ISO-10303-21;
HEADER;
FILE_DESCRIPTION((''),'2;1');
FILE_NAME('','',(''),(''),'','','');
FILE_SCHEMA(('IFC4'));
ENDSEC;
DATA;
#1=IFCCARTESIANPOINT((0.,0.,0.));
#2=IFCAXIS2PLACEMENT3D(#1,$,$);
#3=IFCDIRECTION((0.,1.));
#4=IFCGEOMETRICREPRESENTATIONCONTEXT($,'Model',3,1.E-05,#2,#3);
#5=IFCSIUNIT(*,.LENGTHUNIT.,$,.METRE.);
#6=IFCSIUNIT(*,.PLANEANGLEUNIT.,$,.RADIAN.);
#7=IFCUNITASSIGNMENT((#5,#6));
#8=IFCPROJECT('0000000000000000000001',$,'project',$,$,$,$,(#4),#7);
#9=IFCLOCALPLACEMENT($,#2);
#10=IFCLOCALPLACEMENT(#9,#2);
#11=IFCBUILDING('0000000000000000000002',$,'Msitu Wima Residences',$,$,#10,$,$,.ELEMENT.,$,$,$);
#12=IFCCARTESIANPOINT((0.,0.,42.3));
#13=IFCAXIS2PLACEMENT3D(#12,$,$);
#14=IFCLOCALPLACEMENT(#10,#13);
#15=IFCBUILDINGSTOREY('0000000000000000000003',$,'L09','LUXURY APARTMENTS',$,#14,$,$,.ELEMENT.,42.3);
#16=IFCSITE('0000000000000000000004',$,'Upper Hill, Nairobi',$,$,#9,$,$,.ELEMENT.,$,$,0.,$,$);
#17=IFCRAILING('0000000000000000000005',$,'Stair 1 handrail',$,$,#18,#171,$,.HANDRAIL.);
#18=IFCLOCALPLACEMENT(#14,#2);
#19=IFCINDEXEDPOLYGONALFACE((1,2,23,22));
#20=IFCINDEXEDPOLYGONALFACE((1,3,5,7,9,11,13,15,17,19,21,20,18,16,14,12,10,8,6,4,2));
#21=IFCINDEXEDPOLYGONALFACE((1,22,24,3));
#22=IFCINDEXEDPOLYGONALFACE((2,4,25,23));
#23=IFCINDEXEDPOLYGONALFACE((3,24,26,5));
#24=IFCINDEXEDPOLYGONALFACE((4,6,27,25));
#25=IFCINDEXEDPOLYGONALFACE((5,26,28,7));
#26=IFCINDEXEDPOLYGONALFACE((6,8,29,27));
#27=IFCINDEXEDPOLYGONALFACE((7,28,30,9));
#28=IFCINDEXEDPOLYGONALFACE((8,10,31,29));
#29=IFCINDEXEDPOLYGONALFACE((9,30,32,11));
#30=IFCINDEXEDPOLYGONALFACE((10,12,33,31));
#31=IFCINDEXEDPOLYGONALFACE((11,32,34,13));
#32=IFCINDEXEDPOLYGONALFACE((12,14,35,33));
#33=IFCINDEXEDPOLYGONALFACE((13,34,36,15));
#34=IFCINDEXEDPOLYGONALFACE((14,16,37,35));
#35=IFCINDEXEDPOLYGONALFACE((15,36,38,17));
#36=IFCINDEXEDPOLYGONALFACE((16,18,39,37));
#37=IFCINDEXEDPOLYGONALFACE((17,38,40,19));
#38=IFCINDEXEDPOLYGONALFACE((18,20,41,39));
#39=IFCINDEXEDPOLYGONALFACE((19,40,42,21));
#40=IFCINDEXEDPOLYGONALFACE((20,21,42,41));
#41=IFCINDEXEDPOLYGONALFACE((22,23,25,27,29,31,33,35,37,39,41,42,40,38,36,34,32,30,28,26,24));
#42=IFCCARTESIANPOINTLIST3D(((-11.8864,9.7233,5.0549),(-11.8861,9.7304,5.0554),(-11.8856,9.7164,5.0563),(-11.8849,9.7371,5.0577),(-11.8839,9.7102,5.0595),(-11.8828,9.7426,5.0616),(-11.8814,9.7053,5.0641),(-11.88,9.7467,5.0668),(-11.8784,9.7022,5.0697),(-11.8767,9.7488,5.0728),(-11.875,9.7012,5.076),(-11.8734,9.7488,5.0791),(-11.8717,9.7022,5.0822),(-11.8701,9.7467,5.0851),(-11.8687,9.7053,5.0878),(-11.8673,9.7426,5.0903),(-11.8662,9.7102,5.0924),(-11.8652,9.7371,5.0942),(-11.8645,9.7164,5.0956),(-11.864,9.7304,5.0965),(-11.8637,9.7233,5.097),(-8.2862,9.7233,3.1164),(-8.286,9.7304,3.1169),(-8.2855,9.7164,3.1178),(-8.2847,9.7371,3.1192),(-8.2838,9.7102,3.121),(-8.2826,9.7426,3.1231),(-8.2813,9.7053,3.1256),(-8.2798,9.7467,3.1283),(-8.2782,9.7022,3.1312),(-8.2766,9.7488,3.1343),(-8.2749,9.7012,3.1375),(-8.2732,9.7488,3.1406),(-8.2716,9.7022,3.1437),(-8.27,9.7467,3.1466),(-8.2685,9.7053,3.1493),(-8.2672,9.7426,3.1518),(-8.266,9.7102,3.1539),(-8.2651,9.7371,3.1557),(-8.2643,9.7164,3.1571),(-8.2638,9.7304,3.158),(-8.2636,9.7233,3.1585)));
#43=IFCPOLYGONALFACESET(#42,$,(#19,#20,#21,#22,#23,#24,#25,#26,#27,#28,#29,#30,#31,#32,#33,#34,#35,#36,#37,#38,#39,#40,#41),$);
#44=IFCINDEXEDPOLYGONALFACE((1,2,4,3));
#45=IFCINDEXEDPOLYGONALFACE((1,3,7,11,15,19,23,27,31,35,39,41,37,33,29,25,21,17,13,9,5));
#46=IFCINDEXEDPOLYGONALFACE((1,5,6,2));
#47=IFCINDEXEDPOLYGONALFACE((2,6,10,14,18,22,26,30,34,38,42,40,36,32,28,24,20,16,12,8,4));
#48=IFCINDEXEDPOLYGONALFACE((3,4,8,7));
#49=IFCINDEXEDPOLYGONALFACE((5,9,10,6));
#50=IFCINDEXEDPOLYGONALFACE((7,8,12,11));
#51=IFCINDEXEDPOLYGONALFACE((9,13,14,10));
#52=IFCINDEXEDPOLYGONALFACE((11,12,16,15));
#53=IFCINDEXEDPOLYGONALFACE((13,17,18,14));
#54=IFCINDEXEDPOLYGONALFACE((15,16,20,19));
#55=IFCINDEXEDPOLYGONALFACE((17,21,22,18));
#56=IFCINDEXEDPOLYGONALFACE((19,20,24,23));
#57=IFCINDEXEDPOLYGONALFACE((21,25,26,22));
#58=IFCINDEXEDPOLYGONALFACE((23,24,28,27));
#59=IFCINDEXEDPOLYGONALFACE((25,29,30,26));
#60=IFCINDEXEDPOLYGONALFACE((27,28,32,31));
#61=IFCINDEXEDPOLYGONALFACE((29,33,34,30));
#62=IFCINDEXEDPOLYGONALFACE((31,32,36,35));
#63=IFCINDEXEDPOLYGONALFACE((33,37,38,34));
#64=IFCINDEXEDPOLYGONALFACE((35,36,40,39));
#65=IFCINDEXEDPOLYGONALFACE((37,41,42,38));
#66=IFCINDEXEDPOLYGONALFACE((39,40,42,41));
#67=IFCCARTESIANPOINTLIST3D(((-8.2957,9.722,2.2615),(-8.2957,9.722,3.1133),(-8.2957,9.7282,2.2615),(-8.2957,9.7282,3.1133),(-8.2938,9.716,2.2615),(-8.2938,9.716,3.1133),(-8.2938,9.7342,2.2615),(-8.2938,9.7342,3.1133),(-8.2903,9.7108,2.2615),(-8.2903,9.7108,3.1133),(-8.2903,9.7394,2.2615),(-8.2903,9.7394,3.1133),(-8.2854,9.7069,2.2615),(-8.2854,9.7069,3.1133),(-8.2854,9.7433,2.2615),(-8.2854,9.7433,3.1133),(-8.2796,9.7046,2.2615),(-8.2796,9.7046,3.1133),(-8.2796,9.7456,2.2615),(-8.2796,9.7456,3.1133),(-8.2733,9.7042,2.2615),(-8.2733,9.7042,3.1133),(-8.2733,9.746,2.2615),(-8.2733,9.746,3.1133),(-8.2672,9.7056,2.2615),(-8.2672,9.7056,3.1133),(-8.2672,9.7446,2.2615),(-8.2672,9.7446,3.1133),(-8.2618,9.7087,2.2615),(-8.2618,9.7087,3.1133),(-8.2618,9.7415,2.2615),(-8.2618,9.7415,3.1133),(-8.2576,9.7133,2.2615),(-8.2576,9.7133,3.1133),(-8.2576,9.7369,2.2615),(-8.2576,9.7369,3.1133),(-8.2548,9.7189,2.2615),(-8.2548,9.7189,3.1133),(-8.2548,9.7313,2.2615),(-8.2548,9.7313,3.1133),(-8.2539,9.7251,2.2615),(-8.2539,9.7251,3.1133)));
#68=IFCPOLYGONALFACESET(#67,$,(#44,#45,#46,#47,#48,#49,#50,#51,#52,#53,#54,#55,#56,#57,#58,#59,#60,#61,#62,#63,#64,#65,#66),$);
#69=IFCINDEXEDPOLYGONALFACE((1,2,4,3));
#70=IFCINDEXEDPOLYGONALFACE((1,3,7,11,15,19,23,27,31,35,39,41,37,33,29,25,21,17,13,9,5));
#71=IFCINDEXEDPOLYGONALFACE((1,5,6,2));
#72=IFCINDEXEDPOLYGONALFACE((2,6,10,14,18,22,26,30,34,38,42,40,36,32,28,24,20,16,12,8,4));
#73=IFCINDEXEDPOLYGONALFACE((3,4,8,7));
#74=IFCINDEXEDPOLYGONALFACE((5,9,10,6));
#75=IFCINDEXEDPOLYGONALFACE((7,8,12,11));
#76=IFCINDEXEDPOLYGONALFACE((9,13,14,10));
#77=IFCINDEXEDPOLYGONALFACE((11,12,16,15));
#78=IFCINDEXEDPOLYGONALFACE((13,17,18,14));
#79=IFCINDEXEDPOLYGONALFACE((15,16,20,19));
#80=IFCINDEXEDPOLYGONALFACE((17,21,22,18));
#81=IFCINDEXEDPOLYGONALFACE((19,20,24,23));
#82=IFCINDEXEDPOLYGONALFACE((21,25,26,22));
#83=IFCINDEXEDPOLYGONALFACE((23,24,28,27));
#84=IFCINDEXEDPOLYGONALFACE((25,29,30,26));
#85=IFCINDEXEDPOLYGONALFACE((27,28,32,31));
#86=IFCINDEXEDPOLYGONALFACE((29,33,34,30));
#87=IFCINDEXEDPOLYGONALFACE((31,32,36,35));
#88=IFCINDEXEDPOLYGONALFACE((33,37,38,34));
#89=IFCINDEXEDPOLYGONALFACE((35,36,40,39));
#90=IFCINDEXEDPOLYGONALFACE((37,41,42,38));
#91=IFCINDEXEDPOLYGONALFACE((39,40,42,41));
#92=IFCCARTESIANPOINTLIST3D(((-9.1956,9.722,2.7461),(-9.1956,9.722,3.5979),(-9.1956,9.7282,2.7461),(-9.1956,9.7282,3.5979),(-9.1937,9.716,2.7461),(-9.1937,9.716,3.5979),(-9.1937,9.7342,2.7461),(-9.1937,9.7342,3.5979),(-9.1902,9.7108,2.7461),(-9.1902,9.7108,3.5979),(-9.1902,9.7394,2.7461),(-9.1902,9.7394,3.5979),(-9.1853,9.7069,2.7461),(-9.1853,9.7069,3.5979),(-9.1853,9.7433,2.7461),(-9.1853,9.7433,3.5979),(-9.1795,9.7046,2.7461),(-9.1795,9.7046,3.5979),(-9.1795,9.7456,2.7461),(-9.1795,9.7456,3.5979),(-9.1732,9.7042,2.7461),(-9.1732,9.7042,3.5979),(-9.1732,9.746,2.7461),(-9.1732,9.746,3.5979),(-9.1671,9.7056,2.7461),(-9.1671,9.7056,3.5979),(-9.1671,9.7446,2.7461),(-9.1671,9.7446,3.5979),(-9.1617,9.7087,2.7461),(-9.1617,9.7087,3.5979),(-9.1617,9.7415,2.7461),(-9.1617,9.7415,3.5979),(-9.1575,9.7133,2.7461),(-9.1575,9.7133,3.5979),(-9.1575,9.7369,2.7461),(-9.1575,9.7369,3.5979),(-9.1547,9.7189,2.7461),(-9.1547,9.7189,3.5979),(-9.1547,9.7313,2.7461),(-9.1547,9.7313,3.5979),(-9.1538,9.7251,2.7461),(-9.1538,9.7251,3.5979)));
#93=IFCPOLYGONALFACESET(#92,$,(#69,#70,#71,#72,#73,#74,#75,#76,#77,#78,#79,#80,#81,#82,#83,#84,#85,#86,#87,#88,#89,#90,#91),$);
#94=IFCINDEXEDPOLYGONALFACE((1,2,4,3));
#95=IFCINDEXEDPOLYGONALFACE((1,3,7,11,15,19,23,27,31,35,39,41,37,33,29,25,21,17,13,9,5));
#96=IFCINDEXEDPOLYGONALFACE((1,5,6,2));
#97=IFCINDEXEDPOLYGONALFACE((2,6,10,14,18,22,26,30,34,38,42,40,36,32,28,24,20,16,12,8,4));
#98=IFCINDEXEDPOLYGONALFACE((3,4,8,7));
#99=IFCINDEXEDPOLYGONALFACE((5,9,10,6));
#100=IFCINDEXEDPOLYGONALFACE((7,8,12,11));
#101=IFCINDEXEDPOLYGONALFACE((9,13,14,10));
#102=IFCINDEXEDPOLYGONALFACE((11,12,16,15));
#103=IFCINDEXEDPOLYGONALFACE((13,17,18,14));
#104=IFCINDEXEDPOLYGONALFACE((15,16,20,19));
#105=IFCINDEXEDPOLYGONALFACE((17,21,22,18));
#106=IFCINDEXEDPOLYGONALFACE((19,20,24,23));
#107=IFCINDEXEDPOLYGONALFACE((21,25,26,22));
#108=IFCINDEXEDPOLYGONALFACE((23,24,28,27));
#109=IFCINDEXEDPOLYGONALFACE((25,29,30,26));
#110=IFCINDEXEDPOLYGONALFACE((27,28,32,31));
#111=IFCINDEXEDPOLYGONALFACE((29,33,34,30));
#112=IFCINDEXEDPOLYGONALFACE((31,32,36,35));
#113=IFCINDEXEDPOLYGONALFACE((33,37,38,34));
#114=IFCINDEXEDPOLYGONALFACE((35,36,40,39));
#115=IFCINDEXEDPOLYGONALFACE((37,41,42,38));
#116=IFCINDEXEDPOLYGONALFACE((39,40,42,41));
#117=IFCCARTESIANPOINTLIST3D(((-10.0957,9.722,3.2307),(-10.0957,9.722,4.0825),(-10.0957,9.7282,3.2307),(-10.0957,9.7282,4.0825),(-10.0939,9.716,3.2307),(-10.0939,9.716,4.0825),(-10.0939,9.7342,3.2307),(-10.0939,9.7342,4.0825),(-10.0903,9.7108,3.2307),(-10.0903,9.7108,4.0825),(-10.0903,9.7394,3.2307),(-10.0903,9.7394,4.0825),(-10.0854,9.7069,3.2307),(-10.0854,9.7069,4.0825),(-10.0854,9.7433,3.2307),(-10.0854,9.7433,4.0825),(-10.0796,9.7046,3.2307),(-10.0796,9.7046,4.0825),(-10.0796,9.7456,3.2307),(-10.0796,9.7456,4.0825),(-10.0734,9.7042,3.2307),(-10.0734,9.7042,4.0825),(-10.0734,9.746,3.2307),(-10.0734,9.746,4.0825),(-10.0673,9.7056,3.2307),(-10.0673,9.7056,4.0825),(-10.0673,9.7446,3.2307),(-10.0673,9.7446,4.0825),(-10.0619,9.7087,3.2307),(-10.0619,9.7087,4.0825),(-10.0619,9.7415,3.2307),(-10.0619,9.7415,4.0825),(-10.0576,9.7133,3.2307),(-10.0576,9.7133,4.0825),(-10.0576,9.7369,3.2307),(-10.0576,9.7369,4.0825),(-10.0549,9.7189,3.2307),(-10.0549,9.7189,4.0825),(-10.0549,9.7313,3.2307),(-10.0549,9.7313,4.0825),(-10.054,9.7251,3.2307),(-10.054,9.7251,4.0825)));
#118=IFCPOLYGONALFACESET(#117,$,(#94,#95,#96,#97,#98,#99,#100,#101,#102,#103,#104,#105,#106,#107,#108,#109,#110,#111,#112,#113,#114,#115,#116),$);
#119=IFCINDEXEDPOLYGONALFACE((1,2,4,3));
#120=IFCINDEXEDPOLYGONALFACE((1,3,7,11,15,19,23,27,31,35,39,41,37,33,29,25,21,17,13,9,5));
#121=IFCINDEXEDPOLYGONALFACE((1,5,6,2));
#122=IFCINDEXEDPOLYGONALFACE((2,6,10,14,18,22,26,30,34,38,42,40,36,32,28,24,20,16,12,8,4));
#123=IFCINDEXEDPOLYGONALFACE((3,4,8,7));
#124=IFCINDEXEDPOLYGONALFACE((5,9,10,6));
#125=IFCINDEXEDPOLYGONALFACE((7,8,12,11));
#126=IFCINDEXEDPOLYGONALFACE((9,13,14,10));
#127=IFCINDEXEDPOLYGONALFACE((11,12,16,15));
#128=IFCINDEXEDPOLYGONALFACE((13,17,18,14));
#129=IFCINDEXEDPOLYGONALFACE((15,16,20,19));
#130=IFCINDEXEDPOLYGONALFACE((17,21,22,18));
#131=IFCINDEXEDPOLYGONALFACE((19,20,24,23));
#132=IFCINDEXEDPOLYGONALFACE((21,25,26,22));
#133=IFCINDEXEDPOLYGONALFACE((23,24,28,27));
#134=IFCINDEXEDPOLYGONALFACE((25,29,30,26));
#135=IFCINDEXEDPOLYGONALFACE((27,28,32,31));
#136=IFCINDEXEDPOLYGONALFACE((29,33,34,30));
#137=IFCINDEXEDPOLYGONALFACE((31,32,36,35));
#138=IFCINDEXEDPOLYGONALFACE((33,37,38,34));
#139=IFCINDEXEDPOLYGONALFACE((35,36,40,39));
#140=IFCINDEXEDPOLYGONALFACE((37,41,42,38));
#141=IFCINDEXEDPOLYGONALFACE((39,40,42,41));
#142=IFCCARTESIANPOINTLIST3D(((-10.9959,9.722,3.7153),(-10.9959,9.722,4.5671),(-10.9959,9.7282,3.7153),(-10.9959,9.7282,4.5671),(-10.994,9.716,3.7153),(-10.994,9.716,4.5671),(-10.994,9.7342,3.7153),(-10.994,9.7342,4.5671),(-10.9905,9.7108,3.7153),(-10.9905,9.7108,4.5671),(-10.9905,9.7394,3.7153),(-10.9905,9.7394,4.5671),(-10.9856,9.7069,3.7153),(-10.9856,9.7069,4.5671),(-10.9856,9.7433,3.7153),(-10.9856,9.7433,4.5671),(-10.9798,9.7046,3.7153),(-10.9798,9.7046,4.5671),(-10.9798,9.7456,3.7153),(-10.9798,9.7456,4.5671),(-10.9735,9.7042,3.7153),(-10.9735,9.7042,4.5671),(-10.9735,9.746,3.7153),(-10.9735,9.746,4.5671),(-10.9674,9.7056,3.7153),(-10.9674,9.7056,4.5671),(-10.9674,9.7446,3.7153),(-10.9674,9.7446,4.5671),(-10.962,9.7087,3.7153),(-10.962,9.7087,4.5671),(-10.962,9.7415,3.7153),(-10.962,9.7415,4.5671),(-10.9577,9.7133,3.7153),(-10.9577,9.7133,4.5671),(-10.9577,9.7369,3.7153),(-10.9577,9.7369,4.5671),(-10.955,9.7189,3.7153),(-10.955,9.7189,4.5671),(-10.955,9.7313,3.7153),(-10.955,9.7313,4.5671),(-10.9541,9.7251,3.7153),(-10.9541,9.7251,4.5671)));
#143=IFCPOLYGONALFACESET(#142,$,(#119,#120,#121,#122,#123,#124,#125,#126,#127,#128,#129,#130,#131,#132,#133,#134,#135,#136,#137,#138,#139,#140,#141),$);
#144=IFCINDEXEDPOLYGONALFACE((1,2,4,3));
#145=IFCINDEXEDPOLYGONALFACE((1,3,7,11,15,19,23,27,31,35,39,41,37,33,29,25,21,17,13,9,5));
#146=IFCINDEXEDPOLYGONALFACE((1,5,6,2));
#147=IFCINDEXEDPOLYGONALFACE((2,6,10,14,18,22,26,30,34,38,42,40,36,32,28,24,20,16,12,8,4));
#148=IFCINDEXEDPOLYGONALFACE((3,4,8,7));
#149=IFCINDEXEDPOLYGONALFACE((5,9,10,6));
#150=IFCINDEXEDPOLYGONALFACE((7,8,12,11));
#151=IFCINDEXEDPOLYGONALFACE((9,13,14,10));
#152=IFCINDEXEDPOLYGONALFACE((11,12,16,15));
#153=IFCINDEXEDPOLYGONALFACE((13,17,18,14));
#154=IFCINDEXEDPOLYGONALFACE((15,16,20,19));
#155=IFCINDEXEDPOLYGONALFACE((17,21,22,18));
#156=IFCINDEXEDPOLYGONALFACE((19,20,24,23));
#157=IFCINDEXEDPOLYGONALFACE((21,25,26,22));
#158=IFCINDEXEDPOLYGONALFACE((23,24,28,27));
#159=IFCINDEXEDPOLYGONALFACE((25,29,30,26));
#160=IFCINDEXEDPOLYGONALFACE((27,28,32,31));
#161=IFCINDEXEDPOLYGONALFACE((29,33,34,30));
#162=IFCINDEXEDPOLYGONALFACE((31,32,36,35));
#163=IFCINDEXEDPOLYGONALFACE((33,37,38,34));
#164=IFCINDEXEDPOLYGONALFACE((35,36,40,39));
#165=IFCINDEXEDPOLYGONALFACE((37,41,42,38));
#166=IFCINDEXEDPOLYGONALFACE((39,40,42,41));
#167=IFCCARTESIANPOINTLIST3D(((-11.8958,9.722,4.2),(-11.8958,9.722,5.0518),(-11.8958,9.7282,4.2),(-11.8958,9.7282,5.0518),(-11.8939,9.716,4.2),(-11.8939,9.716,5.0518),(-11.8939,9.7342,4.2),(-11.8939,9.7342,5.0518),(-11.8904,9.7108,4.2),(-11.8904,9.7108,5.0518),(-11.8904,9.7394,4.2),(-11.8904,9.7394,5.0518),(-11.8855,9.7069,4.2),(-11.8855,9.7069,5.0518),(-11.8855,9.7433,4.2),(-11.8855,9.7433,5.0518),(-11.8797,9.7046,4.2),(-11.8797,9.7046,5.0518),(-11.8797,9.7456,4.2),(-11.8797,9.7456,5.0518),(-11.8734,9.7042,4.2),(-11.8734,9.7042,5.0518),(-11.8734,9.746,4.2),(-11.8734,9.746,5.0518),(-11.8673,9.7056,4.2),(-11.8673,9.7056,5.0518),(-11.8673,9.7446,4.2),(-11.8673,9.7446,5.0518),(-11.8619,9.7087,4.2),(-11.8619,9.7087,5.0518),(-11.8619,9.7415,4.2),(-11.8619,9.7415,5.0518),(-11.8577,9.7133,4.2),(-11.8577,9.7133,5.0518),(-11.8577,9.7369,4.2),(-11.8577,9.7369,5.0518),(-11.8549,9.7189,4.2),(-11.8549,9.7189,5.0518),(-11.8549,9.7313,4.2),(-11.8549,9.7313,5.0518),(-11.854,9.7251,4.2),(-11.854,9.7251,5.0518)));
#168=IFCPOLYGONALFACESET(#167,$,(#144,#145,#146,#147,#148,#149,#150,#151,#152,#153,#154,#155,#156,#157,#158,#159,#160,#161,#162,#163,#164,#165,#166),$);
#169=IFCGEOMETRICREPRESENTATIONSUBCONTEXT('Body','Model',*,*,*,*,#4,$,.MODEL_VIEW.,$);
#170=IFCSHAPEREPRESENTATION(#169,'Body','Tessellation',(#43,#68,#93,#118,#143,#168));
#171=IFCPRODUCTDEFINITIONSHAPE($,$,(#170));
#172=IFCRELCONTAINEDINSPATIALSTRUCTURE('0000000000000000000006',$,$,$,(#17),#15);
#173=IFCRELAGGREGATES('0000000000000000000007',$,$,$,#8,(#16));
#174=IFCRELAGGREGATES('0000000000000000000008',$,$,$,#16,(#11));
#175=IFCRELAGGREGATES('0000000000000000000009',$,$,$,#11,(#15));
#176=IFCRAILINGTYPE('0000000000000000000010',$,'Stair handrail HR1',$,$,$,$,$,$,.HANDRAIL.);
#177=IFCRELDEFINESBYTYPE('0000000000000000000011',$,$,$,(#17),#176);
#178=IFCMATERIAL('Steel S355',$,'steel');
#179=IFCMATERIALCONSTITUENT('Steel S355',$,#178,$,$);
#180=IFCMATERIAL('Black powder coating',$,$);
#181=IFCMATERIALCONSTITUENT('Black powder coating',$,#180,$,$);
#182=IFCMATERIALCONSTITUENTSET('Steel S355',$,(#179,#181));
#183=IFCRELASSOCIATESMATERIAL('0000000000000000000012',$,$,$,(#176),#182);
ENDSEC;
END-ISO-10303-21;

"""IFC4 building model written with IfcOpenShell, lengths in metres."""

from ifc_helpers import new_model, si_unit, direction, frame, origin, origin_2d, place, context, subcontext, project, spatial, circle, extrude, material, constituent, constituent_set, type_object, element, save


model = new_model("IFC4")

# Units and contexts
model_context = context("Model", 3, precision=1e-05, world=origin(), true_north=direction((0.0, 1.0)))
body_context = subcontext(model_context, "Body", "Model", "MODEL_VIEW")
ifc_project = project(units=[si_unit("LENGTHUNIT", "METRE"), si_unit("PLANEANGLEUNIT", "RADIAN")], contexts=[model_context])

# Site, building, storey
site_placement = place(None, origin())
site = spatial("IfcSite", under=ifc_project, at=site_placement, Name="Upper Hill, Nairobi", CompositionType="ELEMENT", RefElevation=0.0)
building_placement = place(site_placement, origin())
building = spatial("IfcBuilding", under=site, at=building_placement, Name="Msitu Wima Residences", CompositionType="ELEMENT")
storey_placement = place(building_placement, frame((0.0, 0.0, 42.3)))
storey = spatial("IfcBuildingStorey", under=building, at=storey_placement, Name="L09", Description="LUXURY APARTMENTS", CompositionType="ELEMENT", Elevation=42.3)

# Railing
ifc_material_1 = material(Name="Steel S355", Category="steel")
ifc_constituent_1 = constituent(ifc_material_1, Name="Steel S355")
ifc_material_2 = material(Name="Black powder coating")
ifc_constituent_2 = constituent(ifc_material_2, Name="Black powder coating")
ifc_constituent_set = constituent_set(constituents=[ifc_constituent_1, ifc_constituent_2], Name="Steel S355")
railing_type = type_object("IfcRailingType", Name="Stair handrail HR1", PredefinedType="HANDRAIL", material=ifc_constituent_set)
for number, where, name in (
    (1, (-8.2749, 9.7251, 2.2615), "Stair 1 handrail"),
):
    element("IfcRailing", number, at=place(storey_placement, frame(where)), inside=storey, type_object=railing_type, Name=name, PredefinedType="HANDRAIL", context=body_context, shape_type="SweptSolid", body=[
        extrude(circle(Radius=0.0239, at=origin_2d()), frame((0.0, 0.0, 0.876), z_axis=(-0.880475, 0.0, 0.474093), x_axis=(0.0, -1.0, 0.0)), (0.0, 0.0, 1.0), 4.0889),
        extrude(circle(Radius=0.021, at=origin_2d()), origin(), (0.0, 0.0, 1.0), 0.8518),
        extrude(circle(Radius=0.021, at=origin_2d()), frame((-0.8999, 0.0, 0.4846)), (0.0, 0.0, 1.0), 0.8518),
        extrude(circle(Radius=0.021, at=origin_2d()), frame((-1.8, 0.0, 0.9692)), (0.0, 0.0, 1.0), 0.8518),
        extrude(circle(Radius=0.021, at=origin_2d()), frame((-2.7002, 0.0, 1.4539)), (0.0, 0.0, 1.0), 0.8518),
        extrude(circle(Radius=0.021, at=origin_2d()), frame((-3.6001, 0.0, 1.9385)), (0.0, 0.0, 1.0), 0.8518),
    ])

save(model, "model.ifc")
